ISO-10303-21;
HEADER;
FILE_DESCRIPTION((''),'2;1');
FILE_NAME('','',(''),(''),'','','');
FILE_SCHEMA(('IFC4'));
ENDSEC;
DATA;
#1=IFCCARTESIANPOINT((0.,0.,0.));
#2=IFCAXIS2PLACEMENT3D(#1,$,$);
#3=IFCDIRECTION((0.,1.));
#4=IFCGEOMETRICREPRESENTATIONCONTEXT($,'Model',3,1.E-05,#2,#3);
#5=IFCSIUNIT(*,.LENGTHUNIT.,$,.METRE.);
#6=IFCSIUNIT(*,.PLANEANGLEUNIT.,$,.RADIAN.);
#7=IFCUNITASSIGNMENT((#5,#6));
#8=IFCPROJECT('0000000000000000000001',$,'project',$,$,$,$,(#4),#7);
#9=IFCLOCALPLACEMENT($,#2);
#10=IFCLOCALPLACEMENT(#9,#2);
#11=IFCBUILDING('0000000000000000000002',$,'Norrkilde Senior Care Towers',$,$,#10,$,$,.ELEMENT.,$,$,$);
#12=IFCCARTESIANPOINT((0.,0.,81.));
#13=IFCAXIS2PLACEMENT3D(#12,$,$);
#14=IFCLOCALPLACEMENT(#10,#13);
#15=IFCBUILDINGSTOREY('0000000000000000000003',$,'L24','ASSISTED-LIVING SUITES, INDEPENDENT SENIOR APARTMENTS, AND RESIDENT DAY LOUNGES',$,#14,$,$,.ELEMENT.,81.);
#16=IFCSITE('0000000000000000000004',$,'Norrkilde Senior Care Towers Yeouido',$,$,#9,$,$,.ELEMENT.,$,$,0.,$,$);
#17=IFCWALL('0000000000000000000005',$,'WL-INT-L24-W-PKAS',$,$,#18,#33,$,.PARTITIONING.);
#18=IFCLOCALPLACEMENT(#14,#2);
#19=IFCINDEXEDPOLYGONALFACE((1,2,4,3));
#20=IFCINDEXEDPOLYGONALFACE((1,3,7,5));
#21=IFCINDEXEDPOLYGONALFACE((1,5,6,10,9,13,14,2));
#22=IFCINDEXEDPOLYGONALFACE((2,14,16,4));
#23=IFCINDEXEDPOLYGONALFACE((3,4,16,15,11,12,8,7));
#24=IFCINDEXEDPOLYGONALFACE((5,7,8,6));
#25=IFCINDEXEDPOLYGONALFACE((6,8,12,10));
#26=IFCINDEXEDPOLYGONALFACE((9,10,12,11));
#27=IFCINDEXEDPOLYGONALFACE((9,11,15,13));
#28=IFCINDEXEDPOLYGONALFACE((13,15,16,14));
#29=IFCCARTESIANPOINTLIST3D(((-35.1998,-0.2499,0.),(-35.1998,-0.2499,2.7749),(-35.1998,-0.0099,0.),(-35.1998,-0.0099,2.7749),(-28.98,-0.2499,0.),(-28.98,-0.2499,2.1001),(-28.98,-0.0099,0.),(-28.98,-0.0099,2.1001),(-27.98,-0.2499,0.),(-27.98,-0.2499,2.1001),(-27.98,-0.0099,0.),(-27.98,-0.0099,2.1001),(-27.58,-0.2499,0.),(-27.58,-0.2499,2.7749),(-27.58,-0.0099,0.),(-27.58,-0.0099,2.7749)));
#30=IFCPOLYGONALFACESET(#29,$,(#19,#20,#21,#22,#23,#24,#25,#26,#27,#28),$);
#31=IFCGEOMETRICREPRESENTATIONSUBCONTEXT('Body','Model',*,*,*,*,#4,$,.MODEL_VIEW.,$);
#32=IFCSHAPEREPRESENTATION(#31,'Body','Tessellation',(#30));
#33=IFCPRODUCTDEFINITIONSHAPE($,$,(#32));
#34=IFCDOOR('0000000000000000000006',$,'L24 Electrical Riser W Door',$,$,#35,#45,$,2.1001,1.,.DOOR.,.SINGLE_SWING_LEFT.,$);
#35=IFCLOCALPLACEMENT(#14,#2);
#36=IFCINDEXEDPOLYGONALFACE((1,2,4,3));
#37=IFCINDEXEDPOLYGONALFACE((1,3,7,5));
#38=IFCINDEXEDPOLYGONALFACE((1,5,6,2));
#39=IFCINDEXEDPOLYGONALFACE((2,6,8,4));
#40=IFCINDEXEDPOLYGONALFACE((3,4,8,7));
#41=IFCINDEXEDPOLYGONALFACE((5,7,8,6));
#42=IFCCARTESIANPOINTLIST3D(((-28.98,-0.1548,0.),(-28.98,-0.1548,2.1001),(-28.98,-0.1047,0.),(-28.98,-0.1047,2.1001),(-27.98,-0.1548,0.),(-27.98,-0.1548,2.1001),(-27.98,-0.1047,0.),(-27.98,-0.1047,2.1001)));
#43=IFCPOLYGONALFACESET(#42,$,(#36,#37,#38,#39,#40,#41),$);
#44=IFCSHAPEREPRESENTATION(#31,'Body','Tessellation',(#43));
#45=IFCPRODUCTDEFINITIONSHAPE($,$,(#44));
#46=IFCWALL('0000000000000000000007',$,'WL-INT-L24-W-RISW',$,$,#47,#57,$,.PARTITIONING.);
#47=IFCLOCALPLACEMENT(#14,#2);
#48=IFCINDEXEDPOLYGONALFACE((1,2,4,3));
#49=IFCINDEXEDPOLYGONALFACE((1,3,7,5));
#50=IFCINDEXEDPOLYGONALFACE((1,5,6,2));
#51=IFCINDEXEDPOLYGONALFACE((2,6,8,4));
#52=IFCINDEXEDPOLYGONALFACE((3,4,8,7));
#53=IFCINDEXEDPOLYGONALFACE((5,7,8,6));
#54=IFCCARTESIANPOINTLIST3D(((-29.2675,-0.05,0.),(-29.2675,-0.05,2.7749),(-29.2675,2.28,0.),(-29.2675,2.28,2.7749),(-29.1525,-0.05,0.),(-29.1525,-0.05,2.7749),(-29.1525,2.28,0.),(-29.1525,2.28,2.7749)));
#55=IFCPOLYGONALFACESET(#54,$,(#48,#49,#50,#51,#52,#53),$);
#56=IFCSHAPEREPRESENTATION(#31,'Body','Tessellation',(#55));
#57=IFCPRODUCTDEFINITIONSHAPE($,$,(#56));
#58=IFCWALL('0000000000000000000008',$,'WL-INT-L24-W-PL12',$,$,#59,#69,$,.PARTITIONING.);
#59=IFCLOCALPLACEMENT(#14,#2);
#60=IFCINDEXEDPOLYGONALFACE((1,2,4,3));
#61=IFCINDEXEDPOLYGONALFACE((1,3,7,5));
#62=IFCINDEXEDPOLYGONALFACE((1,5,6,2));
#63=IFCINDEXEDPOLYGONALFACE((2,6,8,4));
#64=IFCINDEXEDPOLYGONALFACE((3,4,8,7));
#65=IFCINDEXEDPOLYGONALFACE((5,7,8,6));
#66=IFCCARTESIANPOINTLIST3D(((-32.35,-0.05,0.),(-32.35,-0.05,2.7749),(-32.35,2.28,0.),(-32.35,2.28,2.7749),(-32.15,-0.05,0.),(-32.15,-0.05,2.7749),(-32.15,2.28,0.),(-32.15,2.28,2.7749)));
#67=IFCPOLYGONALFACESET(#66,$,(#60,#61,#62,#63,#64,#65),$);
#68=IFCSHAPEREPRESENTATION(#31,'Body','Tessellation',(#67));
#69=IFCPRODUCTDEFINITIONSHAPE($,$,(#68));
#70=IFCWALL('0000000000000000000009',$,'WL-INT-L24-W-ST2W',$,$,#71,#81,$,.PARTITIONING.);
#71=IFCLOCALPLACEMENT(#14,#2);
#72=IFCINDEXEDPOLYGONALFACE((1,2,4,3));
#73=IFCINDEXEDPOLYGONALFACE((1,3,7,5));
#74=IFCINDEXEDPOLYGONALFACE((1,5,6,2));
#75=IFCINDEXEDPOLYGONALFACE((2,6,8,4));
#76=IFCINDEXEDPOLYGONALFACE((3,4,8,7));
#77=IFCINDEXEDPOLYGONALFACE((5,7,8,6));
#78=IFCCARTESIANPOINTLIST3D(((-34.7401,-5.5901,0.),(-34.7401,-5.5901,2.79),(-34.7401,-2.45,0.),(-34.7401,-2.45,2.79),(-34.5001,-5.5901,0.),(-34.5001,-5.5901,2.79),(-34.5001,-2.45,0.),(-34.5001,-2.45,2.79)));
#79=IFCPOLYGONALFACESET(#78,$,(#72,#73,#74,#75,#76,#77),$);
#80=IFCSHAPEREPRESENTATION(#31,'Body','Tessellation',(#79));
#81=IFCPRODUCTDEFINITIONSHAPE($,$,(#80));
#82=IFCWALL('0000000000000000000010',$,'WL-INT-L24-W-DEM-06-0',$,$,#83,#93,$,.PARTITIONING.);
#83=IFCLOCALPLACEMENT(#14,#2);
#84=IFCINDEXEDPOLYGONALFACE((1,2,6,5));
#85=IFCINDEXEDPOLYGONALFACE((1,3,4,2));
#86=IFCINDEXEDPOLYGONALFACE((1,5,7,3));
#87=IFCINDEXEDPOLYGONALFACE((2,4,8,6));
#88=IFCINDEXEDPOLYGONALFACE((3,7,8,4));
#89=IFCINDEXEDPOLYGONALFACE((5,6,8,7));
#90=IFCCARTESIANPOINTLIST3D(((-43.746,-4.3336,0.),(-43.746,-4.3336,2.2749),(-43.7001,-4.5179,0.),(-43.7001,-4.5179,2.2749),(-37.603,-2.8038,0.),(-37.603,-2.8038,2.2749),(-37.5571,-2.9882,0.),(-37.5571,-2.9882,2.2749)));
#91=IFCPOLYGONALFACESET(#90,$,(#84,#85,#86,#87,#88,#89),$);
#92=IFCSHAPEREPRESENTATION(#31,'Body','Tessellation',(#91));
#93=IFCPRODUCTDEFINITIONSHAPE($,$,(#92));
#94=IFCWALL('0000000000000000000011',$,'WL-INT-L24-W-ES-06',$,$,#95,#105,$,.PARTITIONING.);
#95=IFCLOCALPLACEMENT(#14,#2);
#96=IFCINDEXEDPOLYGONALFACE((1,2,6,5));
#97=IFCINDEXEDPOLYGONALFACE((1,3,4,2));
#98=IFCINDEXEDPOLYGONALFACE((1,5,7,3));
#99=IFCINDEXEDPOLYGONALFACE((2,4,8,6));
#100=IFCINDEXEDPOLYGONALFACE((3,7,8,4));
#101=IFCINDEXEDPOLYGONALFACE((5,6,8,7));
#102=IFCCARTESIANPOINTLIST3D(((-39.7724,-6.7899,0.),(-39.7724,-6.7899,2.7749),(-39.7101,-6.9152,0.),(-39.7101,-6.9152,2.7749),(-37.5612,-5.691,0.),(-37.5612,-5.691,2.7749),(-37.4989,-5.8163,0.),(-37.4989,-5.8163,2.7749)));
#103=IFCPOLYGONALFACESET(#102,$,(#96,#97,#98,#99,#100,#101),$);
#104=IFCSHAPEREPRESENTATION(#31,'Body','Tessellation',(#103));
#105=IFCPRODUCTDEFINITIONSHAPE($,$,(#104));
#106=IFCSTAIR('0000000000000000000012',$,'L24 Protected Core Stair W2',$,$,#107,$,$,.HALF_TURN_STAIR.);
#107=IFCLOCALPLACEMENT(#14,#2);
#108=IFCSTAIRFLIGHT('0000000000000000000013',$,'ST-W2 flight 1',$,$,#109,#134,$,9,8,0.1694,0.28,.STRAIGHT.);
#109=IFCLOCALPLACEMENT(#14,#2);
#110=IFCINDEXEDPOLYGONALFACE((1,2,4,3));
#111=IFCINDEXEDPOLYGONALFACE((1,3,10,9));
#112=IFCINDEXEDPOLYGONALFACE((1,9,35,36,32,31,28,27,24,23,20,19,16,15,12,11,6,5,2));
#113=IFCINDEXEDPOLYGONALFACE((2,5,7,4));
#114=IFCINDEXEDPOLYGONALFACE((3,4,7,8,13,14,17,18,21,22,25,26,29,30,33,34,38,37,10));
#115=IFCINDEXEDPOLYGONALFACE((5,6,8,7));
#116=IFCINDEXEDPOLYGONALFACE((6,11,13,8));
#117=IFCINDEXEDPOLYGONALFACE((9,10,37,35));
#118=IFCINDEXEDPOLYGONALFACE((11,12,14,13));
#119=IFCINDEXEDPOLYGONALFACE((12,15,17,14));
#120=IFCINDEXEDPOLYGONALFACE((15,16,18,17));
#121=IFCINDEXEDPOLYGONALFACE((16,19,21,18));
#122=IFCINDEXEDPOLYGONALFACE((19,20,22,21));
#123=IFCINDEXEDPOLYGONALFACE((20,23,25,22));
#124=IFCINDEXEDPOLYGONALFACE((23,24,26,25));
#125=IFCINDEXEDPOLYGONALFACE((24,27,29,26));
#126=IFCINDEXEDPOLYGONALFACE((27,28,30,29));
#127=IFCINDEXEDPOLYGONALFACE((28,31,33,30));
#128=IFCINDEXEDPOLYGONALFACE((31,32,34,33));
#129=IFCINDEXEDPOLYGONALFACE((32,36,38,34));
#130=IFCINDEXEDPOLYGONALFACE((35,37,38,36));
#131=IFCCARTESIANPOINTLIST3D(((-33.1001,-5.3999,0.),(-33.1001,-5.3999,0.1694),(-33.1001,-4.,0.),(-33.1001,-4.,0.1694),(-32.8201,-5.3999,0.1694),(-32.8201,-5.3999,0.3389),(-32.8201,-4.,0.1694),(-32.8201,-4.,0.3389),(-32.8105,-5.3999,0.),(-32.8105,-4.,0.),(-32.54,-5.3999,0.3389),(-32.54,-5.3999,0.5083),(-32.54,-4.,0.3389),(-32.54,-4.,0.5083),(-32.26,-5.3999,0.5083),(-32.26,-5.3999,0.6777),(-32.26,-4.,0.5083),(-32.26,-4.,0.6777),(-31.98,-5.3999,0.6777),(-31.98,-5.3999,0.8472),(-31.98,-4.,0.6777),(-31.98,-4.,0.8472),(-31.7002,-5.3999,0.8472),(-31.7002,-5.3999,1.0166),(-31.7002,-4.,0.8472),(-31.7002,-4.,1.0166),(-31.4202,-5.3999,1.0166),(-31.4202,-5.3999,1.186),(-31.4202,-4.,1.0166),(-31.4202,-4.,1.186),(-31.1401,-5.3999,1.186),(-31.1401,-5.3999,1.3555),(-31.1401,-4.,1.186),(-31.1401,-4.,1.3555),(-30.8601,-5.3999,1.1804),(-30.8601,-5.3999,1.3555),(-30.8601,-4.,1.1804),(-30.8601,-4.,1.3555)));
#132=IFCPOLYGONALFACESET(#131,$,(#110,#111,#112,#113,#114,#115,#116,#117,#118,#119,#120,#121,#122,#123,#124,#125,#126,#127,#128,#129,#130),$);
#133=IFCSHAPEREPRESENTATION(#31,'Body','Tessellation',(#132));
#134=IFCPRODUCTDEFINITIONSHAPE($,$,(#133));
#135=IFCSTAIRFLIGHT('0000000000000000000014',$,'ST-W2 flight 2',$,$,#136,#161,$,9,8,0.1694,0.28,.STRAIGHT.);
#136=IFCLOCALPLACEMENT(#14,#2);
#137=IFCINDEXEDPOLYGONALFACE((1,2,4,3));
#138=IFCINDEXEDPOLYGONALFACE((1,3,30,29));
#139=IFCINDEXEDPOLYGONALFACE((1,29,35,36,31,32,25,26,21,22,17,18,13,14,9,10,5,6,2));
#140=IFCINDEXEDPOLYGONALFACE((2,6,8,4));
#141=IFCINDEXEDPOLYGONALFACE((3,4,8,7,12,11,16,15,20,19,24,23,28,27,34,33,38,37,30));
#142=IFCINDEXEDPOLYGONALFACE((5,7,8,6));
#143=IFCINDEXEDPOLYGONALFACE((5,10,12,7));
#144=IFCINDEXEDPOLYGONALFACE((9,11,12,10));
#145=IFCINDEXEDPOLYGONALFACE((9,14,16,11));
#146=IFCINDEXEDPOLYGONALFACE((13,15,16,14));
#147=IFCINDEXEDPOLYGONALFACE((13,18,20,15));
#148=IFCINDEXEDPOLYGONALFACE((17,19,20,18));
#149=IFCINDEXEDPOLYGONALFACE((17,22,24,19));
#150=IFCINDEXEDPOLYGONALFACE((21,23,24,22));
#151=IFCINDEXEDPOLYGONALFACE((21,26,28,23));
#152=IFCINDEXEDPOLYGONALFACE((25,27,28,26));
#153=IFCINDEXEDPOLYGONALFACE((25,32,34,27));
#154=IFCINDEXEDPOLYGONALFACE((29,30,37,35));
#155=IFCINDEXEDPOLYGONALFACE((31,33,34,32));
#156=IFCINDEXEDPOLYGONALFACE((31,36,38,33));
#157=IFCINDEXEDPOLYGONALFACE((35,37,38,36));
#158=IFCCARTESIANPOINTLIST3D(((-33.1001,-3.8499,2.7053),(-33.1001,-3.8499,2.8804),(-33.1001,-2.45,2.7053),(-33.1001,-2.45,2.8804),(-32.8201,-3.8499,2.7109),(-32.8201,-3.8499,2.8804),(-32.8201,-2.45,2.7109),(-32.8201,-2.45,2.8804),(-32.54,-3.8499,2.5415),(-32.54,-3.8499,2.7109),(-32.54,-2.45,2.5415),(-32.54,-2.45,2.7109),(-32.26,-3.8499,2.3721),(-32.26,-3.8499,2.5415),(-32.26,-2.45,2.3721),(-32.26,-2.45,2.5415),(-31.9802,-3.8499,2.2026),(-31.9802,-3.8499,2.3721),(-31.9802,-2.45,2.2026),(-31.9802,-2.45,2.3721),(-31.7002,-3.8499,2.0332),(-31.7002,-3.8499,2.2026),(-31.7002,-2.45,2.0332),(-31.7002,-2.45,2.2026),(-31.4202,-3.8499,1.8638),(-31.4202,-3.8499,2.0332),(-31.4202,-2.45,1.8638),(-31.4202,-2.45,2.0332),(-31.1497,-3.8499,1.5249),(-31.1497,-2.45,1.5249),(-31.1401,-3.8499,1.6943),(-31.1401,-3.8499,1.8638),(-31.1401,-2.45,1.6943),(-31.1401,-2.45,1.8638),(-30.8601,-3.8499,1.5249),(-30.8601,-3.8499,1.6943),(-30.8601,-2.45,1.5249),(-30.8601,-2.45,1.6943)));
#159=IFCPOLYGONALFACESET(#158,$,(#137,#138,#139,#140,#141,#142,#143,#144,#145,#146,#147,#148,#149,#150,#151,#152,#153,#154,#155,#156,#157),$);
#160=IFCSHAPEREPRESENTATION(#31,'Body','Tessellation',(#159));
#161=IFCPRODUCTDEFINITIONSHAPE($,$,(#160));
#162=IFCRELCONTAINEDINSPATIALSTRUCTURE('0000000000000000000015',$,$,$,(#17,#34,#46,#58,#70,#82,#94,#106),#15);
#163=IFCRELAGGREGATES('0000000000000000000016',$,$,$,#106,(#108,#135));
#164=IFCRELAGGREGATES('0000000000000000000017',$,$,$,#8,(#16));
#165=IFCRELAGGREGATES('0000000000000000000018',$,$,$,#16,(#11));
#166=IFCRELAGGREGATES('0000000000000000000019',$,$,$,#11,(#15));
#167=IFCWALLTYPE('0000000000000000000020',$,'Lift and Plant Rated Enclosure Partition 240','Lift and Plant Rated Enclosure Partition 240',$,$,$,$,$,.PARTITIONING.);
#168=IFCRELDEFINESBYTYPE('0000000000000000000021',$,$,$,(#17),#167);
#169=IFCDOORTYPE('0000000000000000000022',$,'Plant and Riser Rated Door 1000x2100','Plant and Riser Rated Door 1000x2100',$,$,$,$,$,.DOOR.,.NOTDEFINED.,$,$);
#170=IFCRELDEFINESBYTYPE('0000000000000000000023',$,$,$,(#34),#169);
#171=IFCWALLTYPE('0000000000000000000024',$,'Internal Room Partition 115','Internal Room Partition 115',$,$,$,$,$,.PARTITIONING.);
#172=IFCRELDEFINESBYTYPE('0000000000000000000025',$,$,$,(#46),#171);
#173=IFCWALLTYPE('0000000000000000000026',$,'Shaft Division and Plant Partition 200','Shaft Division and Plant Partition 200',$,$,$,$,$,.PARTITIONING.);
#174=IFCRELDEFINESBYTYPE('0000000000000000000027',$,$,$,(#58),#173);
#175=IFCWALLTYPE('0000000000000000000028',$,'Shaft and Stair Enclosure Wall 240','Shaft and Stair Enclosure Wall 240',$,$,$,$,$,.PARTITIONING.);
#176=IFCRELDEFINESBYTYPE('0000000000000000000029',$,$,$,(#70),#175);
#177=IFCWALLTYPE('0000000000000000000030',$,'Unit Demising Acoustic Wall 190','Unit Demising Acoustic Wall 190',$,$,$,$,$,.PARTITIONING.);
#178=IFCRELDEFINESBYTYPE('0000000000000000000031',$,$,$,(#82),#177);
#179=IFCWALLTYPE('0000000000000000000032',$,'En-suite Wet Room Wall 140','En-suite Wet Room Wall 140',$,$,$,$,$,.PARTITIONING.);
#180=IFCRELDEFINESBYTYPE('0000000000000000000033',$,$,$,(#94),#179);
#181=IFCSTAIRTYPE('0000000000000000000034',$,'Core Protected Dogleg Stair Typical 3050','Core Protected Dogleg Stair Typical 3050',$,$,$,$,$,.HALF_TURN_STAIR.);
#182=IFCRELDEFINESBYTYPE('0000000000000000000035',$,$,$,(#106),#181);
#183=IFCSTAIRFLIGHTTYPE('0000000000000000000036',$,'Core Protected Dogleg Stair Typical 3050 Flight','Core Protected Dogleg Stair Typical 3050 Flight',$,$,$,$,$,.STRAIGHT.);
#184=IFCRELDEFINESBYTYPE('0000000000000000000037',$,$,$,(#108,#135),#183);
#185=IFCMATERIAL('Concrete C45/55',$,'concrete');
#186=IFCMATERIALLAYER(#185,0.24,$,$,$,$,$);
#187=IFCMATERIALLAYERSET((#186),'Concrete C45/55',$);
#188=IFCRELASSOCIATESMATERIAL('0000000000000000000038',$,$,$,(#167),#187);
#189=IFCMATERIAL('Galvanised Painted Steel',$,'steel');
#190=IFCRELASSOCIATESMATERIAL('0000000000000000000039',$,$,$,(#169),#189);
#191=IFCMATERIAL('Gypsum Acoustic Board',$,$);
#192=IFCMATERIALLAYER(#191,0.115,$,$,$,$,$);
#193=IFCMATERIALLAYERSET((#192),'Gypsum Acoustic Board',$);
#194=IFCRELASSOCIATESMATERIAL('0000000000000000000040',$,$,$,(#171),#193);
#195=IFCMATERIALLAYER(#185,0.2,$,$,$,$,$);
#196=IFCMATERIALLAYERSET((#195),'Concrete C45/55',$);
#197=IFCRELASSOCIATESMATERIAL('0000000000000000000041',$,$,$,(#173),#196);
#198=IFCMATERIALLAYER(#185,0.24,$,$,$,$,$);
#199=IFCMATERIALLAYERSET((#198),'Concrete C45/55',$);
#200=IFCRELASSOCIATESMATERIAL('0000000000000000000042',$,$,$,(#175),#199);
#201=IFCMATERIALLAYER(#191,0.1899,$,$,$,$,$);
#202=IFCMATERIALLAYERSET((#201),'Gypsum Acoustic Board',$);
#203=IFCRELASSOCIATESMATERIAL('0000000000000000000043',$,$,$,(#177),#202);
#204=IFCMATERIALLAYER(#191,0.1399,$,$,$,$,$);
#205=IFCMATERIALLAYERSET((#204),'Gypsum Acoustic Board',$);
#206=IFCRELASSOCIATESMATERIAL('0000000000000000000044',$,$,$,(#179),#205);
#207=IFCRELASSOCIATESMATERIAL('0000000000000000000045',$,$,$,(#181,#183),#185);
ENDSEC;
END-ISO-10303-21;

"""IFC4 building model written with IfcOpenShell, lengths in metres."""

from ifc_helpers import new_model, si_unit, direction, frame, frame_2d, origin, place, context, subcontext, project, spatial, polyline, rectangle, outline, extrude, source, transform, mapped, material, layer, layer_set, type_object, type_shapes, element, fill, aggregate, save


model = new_model("IFC4")

# Units and contexts
model_context = context("Model", 3, precision=1e-05, world=origin(), true_north=direction((0.0, 1.0)))
body_context = subcontext(model_context, "Body", "Model", "MODEL_VIEW")
ifc_project = project(units=[si_unit("LENGTHUNIT", "METRE"), si_unit("PLANEANGLEUNIT", "RADIAN")], contexts=[model_context])

# Site, building, storey
site_placement = place(None, origin())
site = spatial("IfcSite", under=ifc_project, at=site_placement, Name="Norrkilde Senior Care Towers Yeouido", CompositionType="ELEMENT", RefElevation=0.0)
building_placement = place(site_placement, origin())
building = spatial("IfcBuilding", under=site, at=building_placement, Name="Norrkilde Senior Care Towers", CompositionType="ELEMENT")
storey_placement = place(building_placement, frame((0.0, 0.0, 81.0)))
storey = spatial("IfcBuildingStorey", under=building, at=storey_placement, Name="L24", Description="ASSISTED-LIVING SUITES, INDEPENDENT SENIOR APARTMENTS, AND RESIDENT DAY LOUNGES", CompositionType="ELEMENT", Elevation=81.0)

# Wall, opening, door
ifc_material_1 = material(Name="Galvanised Painted Steel", Category="steel")
ifc_material_2 = material(Name="Concrete C45/55", Category="concrete")
ifc_layer_1 = layer(ifc_material_2, 0.24)
ifc_layer_set_1 = layer_set([ifc_layer_1], Name="Concrete C45/55")
wall_type_1 = type_object("IfcWallType", Name="Lift and Plant Rated Enclosure Partition 240", Description="Lift and Plant Rated Enclosure Partition 240", PredefinedType="PARTITIONING", material=ifc_layer_set_1)
shared_shape_1 = source(origin(), body_context, "Body", "SweptSolid", [
    extrude(rectangle(XDim=7.6199, YDim=0.24, at=frame_2d((3.8101, 0.0))), origin(), (0.0, 0.0, 1.0), 2.7749),
])
type_shapes(wall_type_1, [shared_shape_1])
wall_1_placement = place(storey_placement, frame((-35.2, -0.1299, 0.0), z_axis=(0.0, 0.0, 1.0), x_axis=(1.0, 0.0, 0.0)))
wall_1 = element("IfcWall", 1, at=wall_1_placement, inside=storey, type_object=wall_type_1, Name="WL-INT-L24-W-PKAS", PredefinedType="PARTITIONING", context=body_context, shape_type="MappedRepresentation", body=[
    mapped(shared_shape_1, transform((0.0, 0.0, 0.0), x_axis=(1.0, 0.0, 0.0), y_axis=(0.0, 1.0, 0.0), z_axis=(0.0, 0.0, 1.0), scale=1.0)),
])
opening_1_placement = place(wall_1_placement, frame((6.22, 0.0, 0.0)))
opening_1 = element("IfcOpeningElement", 2, at=opening_1_placement, cuts=wall_1, PredefinedType="OPENING", context=body_context, shape_type="SweptSolid", body=[
    extrude(rectangle(XDim=1.0, YDim=2.1001, at=frame_2d((0.5, 1.05))), frame((0.0, 0.1299, 0.0), z_axis=(0.0, -1.0, 0.0), x_axis=(1.0, 0.0, 0.0)), (0.0, 0.0, 1.0), 0.26),
])
door_type_1 = type_object("IfcDoorType", Name="Plant and Riser Rated Door 1000x2100", Description="Plant and Riser Rated Door 1000x2100", OperationType="NOTDEFINED", PredefinedType="DOOR", material=ifc_material_1)
shared_shape_2 = source(origin(), body_context, "Body", "SweptSolid", [
    extrude(rectangle(XDim=1.0, YDim=2.1001, at=frame_2d((0.5, 1.05))), frame((0.0, 0.0249, 0.0), z_axis=(0.0, -1.0, 0.0), x_axis=(1.0, 0.0, 0.0)), (0.0, 0.0, 1.0), 0.05),
])
type_shapes(door_type_1, [shared_shape_2])
door_1_placement = place(opening_1_placement, frame((1.0, 0.0, 0.0), z_axis=(0.0, 0.0, 1.0), x_axis=(-1.0, 0.0, 0.0)))
door_1 = element("IfcDoor", 3, at=door_1_placement, inside=storey, type_object=door_type_1, Name="L24 Electrical Riser W Door", OperationType="SINGLE_SWING_LEFT", OverallHeight=2.1001, OverallWidth=1.0, PredefinedType="DOOR", context=body_context, shape_type="MappedRepresentation", body=[
    mapped(shared_shape_2, transform((0.0, 0.0, 0.0), x_axis=(1.0, 0.0, 0.0), y_axis=(0.0, 1.0, 0.0), z_axis=(0.0, 0.0, 1.0), scale=1.0)),
])
fill(opening_1, door_1)

# Walls
ifc_material_3 = material(Name="Gypsum Acoustic Board")
ifc_layer_2 = layer(ifc_material_3, 0.115)
ifc_layer_set_2 = layer_set([ifc_layer_2], Name="Gypsum Acoustic Board")
wall_type_2 = type_object("IfcWallType", Name="Internal Room Partition 115", Description="Internal Room Partition 115", PredefinedType="PARTITIONING", material=ifc_layer_set_2)
shared_shape_3 = source(origin(), body_context, "Body", "SweptSolid", [
    extrude(rectangle(XDim=2.3301, YDim=0.115, at=frame_2d((1.165, 0.0))), origin(), (0.0, 0.0, 1.0), 2.7749),
])
type_shapes(wall_type_2, [shared_shape_3])
wall_2_placement = place(storey_placement, frame((-29.21, -0.05, 0.0), z_axis=(0.0, 0.0, 1.0), x_axis=(0.0, 1.0, 0.0)))
element("IfcWall", 4, at=wall_2_placement, inside=storey, type_object=wall_type_2, Name="WL-INT-L24-W-RISW", PredefinedType="PARTITIONING", context=body_context, shape_type="MappedRepresentation", body=[
    mapped(shared_shape_3, transform((0.0, 0.0, 0.0), x_axis=(1.0, 0.0, 0.0), y_axis=(0.0, 1.0, 0.0), z_axis=(0.0, 0.0, 1.0), scale=1.0)),
])
ifc_layer_3 = layer(ifc_material_2, 0.2)
ifc_layer_set_3 = layer_set([ifc_layer_3], Name="Concrete C45/55")
wall_type_3 = type_object("IfcWallType", Name="Shaft Division and Plant Partition 200", Description="Shaft Division and Plant Partition 200", PredefinedType="PARTITIONING", material=ifc_layer_set_3)
shared_shape_4 = source(origin(), body_context, "Body", "SweptSolid", [
    extrude(rectangle(XDim=2.3301, YDim=0.2, at=frame_2d((1.165, 0.0))), origin(), (0.0, 0.0, 1.0), 2.7749),
])
type_shapes(wall_type_3, [shared_shape_4])
wall_3_placement = place(storey_placement, frame((-32.25, -0.05, 0.0), z_axis=(0.0, 0.0, 1.0), x_axis=(0.0, 1.0, 0.0)))
element("IfcWall", 5, at=wall_3_placement, inside=storey, type_object=wall_type_3, Name="WL-INT-L24-W-PL12", PredefinedType="PARTITIONING", context=body_context, shape_type="MappedRepresentation", body=[
    mapped(shared_shape_4, transform((0.0, 0.0, 0.0), x_axis=(1.0, 0.0, 0.0), y_axis=(0.0, 1.0, 0.0), z_axis=(0.0, 0.0, 1.0), scale=1.0)),
])

# Shared definitions
ifc_layer_4 = layer(ifc_material_2, 0.24)
ifc_layer_set_4 = layer_set([ifc_layer_4], Name="Concrete C45/55")
wall_type_4 = type_object("IfcWallType", Name="Shaft and Stair Enclosure Wall 240", Description="Shaft and Stair Enclosure Wall 240", PredefinedType="PARTITIONING", material=ifc_layer_set_4)

# Walls
shared_shape_5 = source(origin(), body_context, "Body", "SweptSolid", [
    extrude(rectangle(XDim=3.1401, YDim=0.24, at=frame_2d((1.5701, 0.0))), origin(), (0.0, 0.0, 1.0), 2.79),
])
wall_4_placement = place(storey_placement, frame((-34.6201, -5.5901, 0.0), z_axis=(0.0, 0.0, 1.0), x_axis=(0.0, 1.0, 0.0)))
element("IfcWall", 6, at=wall_4_placement, inside=storey, type_object=wall_type_4, Name="WL-INT-L24-W-ST2W", PredefinedType="PARTITIONING", context=body_context, shape_type="MappedRepresentation", body=[
    mapped(shared_shape_5, transform((0.0, 0.0, 0.0), x_axis=(1.0, 0.0, 0.0), y_axis=(0.0, 1.0, 0.0), z_axis=(0.0, 0.0, 1.0), scale=1.0)),
])
ifc_layer_5 = layer(ifc_material_3, 0.1899)
ifc_layer_set_5 = layer_set([ifc_layer_5], Name="Gypsum Acoustic Board")
wall_type_5 = type_object("IfcWallType", Name="Unit Demising Acoustic Wall 190", Description="Unit Demising Acoustic Wall 190", PredefinedType="PARTITIONING", material=ifc_layer_set_5)
shared_shape_6 = source(origin(), body_context, "Body", "SweptSolid", [
    extrude(rectangle(XDim=6.3306, YDim=0.1899, at=frame_2d((3.1653, 0.0))), origin(), (0.0, 0.0, 1.0), 2.2749),
])
type_shapes(wall_type_5, [shared_shape_6])
wall_5_placement = place(storey_placement, frame((-37.5801, -2.896, 0.0), z_axis=(0.0, 0.0, 1.0), x_axis=(-0.970364, -0.241646, 0.0)))
element("IfcWall", 7, at=wall_5_placement, inside=storey, type_object=wall_type_5, Name="WL-INT-L24-W-DEM-06-0", PredefinedType="PARTITIONING", context=body_context, shape_type="MappedRepresentation", body=[
    mapped(shared_shape_6, transform((0.0, 0.0, 0.0), x_axis=(1.0, 0.0, 0.0), y_axis=(0.0, 1.0, 0.0), z_axis=(0.0, 0.0, 1.0), scale=1.0)),
])
ifc_layer_6 = layer(ifc_material_3, 0.1399)
ifc_layer_set_6 = layer_set([ifc_layer_6], Name="Gypsum Acoustic Board")
wall_type_6 = type_object("IfcWallType", Name="En-suite Wet Room Wall 140", Description="En-suite Wet Room Wall 140", PredefinedType="PARTITIONING", material=ifc_layer_set_6)
shared_shape_7 = source(origin(), body_context, "Body", "SweptSolid", [
    extrude(rectangle(XDim=2.4692, YDim=0.1399, at=frame_2d((1.2346, 0.0))), origin(), (0.0, 0.0, 1.0), 2.7749),
])
type_shapes(wall_type_6, [shared_shape_7])
wall_6_placement = place(storey_placement, frame((-37.53, -5.7537, 0.0), z_axis=(0.0, 0.0, 1.0), x_axis=(-0.895512, -0.445037, 0.0)))
element("IfcWall", 8, at=wall_6_placement, inside=storey, type_object=wall_type_6, Name="WL-INT-L24-W-ES-06", PredefinedType="PARTITIONING", context=body_context, shape_type="MappedRepresentation", body=[
    mapped(shared_shape_7, transform((0.0, 0.0, 0.0), x_axis=(1.0, 0.0, 0.0), y_axis=(0.0, 1.0, 0.0), z_axis=(0.0, 0.0, 1.0), scale=1.0)),
])

# Stair, stair flights
stair_type = type_object("IfcStairType", Name="Core Protected Dogleg Stair Typical 3050", Description="Core Protected Dogleg Stair Typical 3050", PredefinedType="HALF_TURN_STAIR", material=ifc_material_2)
stair_placement = place(storey_placement, origin())
stair = element("IfcStair", 9, at=stair_placement, inside=storey, type_object=stair_type, Name="L24 Protected Core Stair W2", PredefinedType="HALF_TURN_STAIR")
stair_flight_type = type_object("IfcStairFlightType", Name="Core Protected Dogleg Stair Typical 3050 Flight", Description="Core Protected Dogleg Stair Typical 3050 Flight", PredefinedType="STRAIGHT", material=ifc_material_2)
stair_flight_1_placement = place(storey_placement, frame((-33.1001, -4.7, 0.0), z_axis=(0.0, 0.0, 1.0), x_axis=(1.0, 0.0, 0.0)))
stair_flight_1 = element("IfcStairFlight", 10, at=stair_flight_1_placement, type_object=stair_flight_type, Name="ST-W2 flight 1", NumberOfRisers=9, NumberOfTreads=8, PredefinedType="STRAIGHT", RiserHeight=0.1694, TreadLength=0.28, context=body_context, shape_type="SweptSolid", body=[
    extrude(outline(polyline([(0.0, 0.0), (0.0, 0.1694), (0.28, 0.1694), (0.28, 0.3389), (0.5601, 0.3389), (0.5601, 0.5083), (0.8401, 0.5083), (0.8401, 0.6777), (1.1201, 0.6777), (1.1201, 0.8472), (1.3999, 0.8472), (1.3999, 1.0166), (1.6799, 1.0166), (1.6799, 1.186), (1.96, 1.186), (1.96, 1.3555), (2.24, 1.3555), (2.24, 1.5249), (2.24, 1.1804), (0.2896, 0.0), (0.0, 0.0)])), frame((0.0, 0.7, 0.0), z_axis=(0.0, -1.0, 0.0), x_axis=(1.0, 0.0, 0.0)), (0.0, 0.0, 1.0), 1.3999),
])
stair_flight_2_placement = place(storey_placement, frame((-30.8601, -3.1499, 1.5249), z_axis=(0.0, 0.0, 1.0), x_axis=(-1.0, 0.0, 0.0)))
stair_flight_2 = element("IfcStairFlight", 11, at=stair_flight_2_placement, type_object=stair_flight_type, Name="ST-W2 flight 2", NumberOfRisers=9, NumberOfTreads=8, PredefinedType="STRAIGHT", RiserHeight=0.1694, TreadLength=0.28, context=body_context, shape_type="SweptSolid", body=[
    extrude(outline(polyline([(0.0, 0.0), (0.0, 0.1694), (0.28, 0.1694), (0.28, 0.3389), (0.5601, 0.3389), (0.5601, 0.5083), (0.8401, 0.5083), (0.8401, 0.6777), (1.1201, 0.6777), (1.1201, 0.8472), (1.3999, 0.8472), (1.3999, 1.0166), (1.6799, 1.0166), (1.6799, 1.186), (1.96, 1.186), (1.96, 1.3555), (2.24, 1.3555), (2.24, 1.5249), (2.24, 1.1804), (0.2896, 0.0), (0.0, 0.0)])), frame((0.0, 0.7, 0.0), z_axis=(0.0, -1.0, 0.0), x_axis=(1.0, 0.0, 0.0)), (0.0, 0.0, 1.0), 1.3999),
])
aggregate(stair, [stair_flight_1, stair_flight_2])

save(model, "model.ifc")
